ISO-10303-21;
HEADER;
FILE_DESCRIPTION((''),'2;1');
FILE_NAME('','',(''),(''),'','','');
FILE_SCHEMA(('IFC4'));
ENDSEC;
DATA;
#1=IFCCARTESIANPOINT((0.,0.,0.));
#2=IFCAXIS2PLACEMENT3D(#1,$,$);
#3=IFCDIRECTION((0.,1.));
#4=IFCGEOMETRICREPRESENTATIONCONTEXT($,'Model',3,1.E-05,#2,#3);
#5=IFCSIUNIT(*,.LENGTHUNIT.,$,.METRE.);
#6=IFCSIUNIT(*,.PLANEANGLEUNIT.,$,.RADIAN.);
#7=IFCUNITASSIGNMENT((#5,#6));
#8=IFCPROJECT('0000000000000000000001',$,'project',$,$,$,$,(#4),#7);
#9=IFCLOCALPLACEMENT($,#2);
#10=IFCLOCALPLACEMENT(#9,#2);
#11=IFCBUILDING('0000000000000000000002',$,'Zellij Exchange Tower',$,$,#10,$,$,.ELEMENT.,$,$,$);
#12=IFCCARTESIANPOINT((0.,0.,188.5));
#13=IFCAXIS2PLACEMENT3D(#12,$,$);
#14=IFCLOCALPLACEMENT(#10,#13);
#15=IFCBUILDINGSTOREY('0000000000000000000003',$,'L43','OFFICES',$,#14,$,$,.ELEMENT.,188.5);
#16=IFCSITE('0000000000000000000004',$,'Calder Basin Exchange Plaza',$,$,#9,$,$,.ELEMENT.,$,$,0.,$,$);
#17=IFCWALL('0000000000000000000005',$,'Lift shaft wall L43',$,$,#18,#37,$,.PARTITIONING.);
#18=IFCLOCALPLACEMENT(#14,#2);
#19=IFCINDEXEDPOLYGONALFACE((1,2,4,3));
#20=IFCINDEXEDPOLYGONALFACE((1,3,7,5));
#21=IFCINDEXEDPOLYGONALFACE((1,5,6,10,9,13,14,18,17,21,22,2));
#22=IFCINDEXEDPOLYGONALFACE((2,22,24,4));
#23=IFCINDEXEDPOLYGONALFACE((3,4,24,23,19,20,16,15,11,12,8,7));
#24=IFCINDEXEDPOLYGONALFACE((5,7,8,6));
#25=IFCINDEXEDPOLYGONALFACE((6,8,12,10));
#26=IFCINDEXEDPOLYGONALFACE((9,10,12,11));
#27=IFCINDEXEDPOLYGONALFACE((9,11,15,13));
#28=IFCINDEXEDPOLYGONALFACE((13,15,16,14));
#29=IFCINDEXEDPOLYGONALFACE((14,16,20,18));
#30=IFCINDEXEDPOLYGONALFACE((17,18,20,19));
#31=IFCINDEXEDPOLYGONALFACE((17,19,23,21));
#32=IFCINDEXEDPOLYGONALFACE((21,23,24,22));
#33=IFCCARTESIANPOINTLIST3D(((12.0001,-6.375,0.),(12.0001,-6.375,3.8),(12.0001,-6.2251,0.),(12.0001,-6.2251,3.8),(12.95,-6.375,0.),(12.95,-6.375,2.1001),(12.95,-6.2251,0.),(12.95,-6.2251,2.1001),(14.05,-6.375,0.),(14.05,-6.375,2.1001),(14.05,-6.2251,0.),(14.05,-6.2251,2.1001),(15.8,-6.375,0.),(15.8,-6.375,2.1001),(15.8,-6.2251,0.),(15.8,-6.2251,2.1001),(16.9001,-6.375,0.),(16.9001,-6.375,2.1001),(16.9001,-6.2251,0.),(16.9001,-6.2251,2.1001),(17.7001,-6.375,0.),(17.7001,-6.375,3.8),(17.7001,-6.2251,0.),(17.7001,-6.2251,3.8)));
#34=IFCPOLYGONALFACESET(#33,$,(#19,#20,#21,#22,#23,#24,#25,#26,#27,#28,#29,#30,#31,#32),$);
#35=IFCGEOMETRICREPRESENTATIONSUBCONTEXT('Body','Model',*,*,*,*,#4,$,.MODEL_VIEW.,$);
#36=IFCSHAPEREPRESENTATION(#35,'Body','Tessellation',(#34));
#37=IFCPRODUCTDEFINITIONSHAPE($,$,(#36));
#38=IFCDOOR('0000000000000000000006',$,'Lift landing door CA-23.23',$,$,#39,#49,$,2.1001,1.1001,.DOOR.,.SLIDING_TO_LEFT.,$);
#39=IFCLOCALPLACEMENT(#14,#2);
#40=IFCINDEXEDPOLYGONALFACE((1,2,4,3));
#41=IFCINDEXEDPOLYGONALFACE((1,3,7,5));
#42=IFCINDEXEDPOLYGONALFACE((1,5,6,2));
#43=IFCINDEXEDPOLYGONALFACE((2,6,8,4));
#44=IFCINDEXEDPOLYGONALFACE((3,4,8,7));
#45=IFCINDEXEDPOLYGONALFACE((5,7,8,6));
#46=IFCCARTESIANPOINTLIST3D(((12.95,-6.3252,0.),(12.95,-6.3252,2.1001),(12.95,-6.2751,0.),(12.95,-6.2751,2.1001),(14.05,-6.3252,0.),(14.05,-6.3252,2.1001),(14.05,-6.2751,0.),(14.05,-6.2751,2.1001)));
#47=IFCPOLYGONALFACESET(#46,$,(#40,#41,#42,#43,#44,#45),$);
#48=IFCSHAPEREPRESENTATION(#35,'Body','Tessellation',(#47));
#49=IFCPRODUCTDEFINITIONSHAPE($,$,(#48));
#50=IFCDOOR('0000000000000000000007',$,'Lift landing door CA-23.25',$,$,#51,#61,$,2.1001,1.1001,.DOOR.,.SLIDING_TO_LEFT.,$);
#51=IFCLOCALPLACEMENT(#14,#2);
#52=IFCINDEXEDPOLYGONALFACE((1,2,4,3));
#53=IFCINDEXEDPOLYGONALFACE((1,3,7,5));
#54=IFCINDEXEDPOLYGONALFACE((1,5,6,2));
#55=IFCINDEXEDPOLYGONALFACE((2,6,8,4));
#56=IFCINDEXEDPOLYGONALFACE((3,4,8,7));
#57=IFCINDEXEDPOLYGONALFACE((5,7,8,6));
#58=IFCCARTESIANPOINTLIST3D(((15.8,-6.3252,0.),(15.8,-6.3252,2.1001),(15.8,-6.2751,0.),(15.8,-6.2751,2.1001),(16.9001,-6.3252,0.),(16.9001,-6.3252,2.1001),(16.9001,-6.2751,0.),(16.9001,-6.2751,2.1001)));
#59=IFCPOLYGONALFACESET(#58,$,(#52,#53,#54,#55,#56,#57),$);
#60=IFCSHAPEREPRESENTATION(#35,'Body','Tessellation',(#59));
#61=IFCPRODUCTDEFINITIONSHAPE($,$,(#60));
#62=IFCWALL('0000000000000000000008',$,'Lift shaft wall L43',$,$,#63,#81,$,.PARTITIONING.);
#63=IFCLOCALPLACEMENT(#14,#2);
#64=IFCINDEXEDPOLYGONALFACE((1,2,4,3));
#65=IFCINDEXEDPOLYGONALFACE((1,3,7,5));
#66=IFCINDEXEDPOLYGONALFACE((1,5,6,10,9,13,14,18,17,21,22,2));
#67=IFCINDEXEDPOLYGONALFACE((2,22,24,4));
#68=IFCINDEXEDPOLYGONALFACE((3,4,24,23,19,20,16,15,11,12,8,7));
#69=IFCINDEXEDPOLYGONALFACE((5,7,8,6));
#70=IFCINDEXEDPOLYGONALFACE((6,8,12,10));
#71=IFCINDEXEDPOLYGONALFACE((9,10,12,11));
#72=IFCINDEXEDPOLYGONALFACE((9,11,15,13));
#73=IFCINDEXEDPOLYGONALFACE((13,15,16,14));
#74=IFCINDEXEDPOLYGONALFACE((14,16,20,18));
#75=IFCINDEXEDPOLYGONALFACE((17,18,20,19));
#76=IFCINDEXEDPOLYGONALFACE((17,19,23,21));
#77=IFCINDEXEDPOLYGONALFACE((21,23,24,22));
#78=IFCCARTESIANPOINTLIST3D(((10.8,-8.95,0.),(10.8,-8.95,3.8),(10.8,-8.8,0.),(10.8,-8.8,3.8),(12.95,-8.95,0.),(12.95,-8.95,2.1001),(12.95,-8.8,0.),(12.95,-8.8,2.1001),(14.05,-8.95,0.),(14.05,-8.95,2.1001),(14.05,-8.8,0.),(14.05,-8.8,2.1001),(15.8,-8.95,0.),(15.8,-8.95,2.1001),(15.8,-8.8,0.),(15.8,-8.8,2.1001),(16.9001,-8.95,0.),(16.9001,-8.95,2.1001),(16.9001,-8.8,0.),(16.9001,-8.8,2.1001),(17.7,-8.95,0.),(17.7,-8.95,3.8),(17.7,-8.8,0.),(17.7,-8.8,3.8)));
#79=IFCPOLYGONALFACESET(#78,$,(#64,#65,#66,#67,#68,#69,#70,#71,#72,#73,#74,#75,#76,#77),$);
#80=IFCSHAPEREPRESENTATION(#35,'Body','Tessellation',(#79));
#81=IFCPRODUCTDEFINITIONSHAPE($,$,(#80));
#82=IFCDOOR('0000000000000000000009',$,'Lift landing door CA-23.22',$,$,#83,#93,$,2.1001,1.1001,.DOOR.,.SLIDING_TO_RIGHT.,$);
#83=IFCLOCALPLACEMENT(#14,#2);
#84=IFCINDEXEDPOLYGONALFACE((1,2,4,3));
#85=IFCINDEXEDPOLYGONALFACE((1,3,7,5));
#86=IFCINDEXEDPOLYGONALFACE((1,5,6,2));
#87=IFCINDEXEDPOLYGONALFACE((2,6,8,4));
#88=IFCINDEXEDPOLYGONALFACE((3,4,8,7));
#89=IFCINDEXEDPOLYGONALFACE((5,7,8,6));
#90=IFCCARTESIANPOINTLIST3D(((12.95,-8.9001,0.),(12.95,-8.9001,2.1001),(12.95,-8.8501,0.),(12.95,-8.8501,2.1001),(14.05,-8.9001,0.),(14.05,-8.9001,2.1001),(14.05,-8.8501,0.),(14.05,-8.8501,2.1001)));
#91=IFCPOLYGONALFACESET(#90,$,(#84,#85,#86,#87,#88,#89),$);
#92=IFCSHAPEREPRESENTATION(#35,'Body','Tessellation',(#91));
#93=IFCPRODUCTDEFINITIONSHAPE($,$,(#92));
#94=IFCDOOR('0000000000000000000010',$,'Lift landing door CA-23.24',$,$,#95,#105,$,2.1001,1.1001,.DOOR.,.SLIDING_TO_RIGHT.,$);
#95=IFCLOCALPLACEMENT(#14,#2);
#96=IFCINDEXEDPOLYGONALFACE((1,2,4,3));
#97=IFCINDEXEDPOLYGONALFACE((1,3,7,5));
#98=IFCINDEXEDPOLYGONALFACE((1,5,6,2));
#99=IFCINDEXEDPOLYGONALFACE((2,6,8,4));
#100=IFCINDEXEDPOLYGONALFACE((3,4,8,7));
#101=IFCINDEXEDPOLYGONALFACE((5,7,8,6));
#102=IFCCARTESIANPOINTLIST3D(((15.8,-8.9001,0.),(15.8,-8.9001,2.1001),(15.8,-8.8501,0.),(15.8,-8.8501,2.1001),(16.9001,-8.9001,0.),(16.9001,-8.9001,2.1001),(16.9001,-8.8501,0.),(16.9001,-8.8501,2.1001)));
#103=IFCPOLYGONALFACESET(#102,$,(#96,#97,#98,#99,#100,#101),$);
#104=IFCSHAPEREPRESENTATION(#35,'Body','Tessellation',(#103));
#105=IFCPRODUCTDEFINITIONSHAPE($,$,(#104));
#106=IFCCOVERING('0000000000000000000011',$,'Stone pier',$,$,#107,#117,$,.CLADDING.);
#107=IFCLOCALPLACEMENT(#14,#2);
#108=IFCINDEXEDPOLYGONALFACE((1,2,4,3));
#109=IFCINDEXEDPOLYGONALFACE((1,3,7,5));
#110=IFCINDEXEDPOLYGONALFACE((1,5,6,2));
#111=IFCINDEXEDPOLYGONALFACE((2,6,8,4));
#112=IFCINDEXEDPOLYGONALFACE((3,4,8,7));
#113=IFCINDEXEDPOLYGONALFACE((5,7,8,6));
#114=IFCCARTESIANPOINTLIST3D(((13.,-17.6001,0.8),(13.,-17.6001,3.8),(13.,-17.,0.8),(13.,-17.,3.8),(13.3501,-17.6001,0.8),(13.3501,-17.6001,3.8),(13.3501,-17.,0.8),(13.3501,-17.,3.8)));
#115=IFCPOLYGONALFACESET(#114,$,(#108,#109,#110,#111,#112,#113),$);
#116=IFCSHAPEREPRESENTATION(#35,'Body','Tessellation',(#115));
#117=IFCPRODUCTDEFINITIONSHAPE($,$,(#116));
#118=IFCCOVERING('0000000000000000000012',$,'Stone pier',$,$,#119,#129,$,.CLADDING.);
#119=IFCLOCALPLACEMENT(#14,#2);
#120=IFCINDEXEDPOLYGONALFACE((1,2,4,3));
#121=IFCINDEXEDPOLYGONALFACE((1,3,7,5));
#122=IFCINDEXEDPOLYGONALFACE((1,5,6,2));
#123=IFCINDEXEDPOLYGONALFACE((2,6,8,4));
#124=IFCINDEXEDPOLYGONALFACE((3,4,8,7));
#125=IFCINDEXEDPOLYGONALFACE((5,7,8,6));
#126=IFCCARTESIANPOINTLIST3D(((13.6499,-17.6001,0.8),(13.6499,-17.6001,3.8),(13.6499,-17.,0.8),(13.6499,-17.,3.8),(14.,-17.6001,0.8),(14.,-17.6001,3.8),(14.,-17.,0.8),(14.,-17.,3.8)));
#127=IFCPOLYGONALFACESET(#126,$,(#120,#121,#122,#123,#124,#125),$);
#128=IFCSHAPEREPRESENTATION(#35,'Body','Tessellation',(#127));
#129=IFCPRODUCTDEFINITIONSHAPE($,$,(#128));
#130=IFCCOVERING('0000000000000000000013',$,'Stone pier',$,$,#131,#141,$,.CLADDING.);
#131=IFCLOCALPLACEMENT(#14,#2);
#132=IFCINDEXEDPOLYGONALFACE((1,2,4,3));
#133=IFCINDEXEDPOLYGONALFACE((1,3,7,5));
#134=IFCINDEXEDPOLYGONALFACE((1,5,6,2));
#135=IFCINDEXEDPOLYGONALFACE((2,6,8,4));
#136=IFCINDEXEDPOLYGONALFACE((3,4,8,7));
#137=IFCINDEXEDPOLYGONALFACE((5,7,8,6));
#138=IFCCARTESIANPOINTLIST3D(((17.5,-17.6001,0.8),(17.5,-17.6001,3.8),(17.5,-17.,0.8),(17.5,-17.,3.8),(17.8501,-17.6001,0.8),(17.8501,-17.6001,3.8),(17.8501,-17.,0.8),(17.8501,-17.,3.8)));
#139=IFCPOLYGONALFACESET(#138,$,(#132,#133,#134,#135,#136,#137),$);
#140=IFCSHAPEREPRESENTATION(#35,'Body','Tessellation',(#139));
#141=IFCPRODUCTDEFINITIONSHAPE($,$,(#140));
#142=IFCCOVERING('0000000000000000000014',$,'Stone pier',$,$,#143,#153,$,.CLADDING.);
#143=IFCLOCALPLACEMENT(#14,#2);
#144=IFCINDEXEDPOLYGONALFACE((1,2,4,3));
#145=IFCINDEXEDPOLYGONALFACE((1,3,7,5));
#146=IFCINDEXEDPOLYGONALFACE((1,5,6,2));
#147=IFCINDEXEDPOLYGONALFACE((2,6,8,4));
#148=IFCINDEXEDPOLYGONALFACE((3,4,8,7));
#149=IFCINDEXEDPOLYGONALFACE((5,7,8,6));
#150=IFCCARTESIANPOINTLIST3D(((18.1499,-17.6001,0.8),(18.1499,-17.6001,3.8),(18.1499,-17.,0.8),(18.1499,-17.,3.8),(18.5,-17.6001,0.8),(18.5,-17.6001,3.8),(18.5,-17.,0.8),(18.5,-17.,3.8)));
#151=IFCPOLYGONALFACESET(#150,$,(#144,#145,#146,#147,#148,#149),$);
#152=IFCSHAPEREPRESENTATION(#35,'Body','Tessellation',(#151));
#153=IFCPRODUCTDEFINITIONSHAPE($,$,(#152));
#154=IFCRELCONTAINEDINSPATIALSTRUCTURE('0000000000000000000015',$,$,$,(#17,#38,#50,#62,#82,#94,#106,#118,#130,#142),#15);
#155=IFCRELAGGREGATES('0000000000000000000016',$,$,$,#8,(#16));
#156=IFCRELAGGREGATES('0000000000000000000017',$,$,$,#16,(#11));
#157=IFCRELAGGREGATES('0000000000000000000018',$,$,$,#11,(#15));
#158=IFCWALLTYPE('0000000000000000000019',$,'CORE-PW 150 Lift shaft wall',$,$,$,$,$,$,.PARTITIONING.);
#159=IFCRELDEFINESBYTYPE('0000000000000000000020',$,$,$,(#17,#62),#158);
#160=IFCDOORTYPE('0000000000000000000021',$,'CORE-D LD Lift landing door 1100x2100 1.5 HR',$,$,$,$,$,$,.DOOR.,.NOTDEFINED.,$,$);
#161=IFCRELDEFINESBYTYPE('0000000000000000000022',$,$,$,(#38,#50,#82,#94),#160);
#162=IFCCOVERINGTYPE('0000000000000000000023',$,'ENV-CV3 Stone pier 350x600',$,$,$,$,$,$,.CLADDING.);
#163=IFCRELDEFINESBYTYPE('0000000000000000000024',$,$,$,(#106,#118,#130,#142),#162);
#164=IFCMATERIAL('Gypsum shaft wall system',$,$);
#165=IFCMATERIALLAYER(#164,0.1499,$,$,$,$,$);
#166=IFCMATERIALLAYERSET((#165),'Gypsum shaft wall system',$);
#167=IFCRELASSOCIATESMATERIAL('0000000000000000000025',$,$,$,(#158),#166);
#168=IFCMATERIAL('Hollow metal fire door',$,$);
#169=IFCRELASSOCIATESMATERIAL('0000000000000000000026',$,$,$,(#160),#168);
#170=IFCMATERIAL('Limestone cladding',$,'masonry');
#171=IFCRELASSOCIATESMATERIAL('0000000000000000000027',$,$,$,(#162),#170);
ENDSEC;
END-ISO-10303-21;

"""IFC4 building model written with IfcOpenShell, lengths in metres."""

from ifc_helpers import new_model, si_unit, direction, frame, frame_2d, origin, place, context, subcontext, project, spatial, polyline, rectangle, outline, extrude, material, layer, layer_set, type_object, element, fill, save


model = new_model("IFC4")

# Units and contexts
model_context = context("Model", 3, precision=1e-05, world=origin(), true_north=direction((0.0, 1.0)))
body_context = subcontext(model_context, "Body", "Model", "MODEL_VIEW")
ifc_project = project(units=[si_unit("LENGTHUNIT", "METRE"), si_unit("PLANEANGLEUNIT", "RADIAN")], contexts=[model_context])

# Site, building, storey
site_placement = place(None, origin())
site = spatial("IfcSite", under=ifc_project, at=site_placement, Name="Calder Basin Exchange Plaza", CompositionType="ELEMENT", RefElevation=0.0)
building_placement = place(site_placement, origin())
building = spatial("IfcBuilding", under=site, at=building_placement, Name="Zellij Exchange Tower", CompositionType="ELEMENT")
storey_placement = place(building_placement, frame((0.0, 0.0, 188.5)))
storey = spatial("IfcBuildingStorey", under=building, at=storey_placement, Name="L43", Description="OFFICES", CompositionType="ELEMENT", Elevation=188.5)

# Shared definitions
ifc_material_1 = material(Name="Gypsum shaft wall system")
ifc_material_2 = material(Name="Hollow metal fire door")

# Shared definitions
ifc_layer_1 = layer(ifc_material_1, 0.1499)
ifc_layer_set_1 = layer_set([ifc_layer_1], Name="Gypsum shaft wall system")
wall_type_1 = type_object("IfcWallType", Name="CORE-PW 150 Lift shaft wall", PredefinedType="PARTITIONING", material=ifc_layer_set_1)

# Shared definitions
door_type_1 = type_object("IfcDoorType", Name="CORE-D LD Lift landing door 1100x2100 1.5 HR", OperationType="NOTDEFINED", PredefinedType="DOOR", material=ifc_material_2)

# Walls, openings, doors
wall_1_placement = place(storey_placement, frame((12.0, -6.3, 0.0), z_axis=(0.0, 0.0, 1.0), x_axis=(1.0, 0.0, 0.0)))
wall_1 = element("IfcWall", 1, at=wall_1_placement, inside=storey, type_object=wall_type_1, Name="Lift shaft wall L43", PredefinedType="PARTITIONING", context=body_context, shape_type="SweptSolid", body=[
    extrude(rectangle(XDim=5.7, YDim=0.1499, at=frame_2d((2.8501, 0.0))), origin(), (0.0, 0.0, 1.0), 3.8),
])
opening_1_placement = place(wall_1_placement, frame((0.95, 0.0, 0.0)))
opening_1 = element("IfcOpeningElement", 2, at=opening_1_placement, cuts=wall_1, PredefinedType="OPENING", context=body_context, shape_type="SweptSolid", body=[
    extrude(rectangle(XDim=1.1001, YDim=2.1001, at=frame_2d((0.55, 1.05))), frame((0.0, 0.0869, 0.0), z_axis=(0.0, -1.0, 0.0), x_axis=(1.0, 0.0, 0.0)), (0.0, 0.0, 1.0), 0.1738),
])
opening_2_placement = place(wall_1_placement, frame((3.8, 0.0, 0.0)))
opening_2 = element("IfcOpeningElement", 3, at=opening_2_placement, cuts=wall_1, PredefinedType="OPENING", context=body_context, shape_type="SweptSolid", body=[
    extrude(rectangle(XDim=1.1001, YDim=2.1001, at=frame_2d((0.55, 1.05))), frame((0.0, 0.0869, 0.0), z_axis=(0.0, -1.0, 0.0), x_axis=(1.0, 0.0, 0.0)), (0.0, 0.0, 1.0), 0.1738),
])
door_1_placement = place(opening_1_placement, origin())
door_1 = element("IfcDoor", 4, at=door_1_placement, inside=storey, type_object=door_type_1, Name="Lift landing door CA-23.23", OperationType="SLIDING_TO_LEFT", OverallHeight=2.1001, OverallWidth=1.1001, PredefinedType="DOOR", context=body_context, shape_type="SweptSolid", body=[
    extrude(rectangle(XDim=1.1001, YDim=2.1001, at=frame_2d((0.55, 1.05))), frame((0.0, 0.0249, 0.0), z_axis=(0.0, -1.0, 0.0), x_axis=(1.0, 0.0, 0.0)), (0.0, 0.0, 1.0), 0.05),
])
fill(opening_1, door_1)
door_2_placement = place(opening_2_placement, origin())
door_2 = element("IfcDoor", 5, at=door_2_placement, inside=storey, type_object=door_type_1, Name="Lift landing door CA-23.25", OperationType="SLIDING_TO_LEFT", OverallHeight=2.1001, OverallWidth=1.1001, PredefinedType="DOOR", context=body_context, shape_type="SweptSolid", body=[
    extrude(rectangle(XDim=1.1001, YDim=2.1001, at=frame_2d((0.55, 1.05))), frame((0.0, 0.0249, 0.0), z_axis=(0.0, -1.0, 0.0), x_axis=(1.0, 0.0, 0.0)), (0.0, 0.0, 1.0), 0.05),
])
fill(opening_2, door_2)
wall_2_placement = place(storey_placement, frame((10.8, -8.875, 0.0), z_axis=(0.0, 0.0, 1.0), x_axis=(1.0, 0.0, 0.0)))
wall_2 = element("IfcWall", 6, at=wall_2_placement, inside=storey, type_object=wall_type_1, Name="Lift shaft wall L43", PredefinedType="PARTITIONING", context=body_context, shape_type="SweptSolid", body=[
    extrude(rectangle(XDim=6.8999, YDim=0.1499, at=frame_2d((3.45, 0.0))), origin(), (0.0, 0.0, 1.0), 3.8),
])
opening_3_placement = place(wall_2_placement, frame((2.1499, 0.0, 0.0)))
opening_3 = element("IfcOpeningElement", 7, at=opening_3_placement, cuts=wall_2, PredefinedType="OPENING", context=body_context, shape_type="SweptSolid", body=[
    extrude(rectangle(XDim=1.1001, YDim=2.1001, at=frame_2d((0.55, 1.05))), frame((0.0, 0.0869, 0.0), z_axis=(0.0, -1.0, 0.0), x_axis=(1.0, 0.0, 0.0)), (0.0, 0.0, 1.0), 0.1738),
])
opening_4_placement = place(wall_2_placement, frame((5.0, 0.0, 0.0)))
opening_4 = element("IfcOpeningElement", 8, at=opening_4_placement, cuts=wall_2, PredefinedType="OPENING", context=body_context, shape_type="SweptSolid", body=[
    extrude(rectangle(XDim=1.1001, YDim=2.1001, at=frame_2d((0.55, 1.05))), frame((0.0, 0.0869, 0.0), z_axis=(0.0, -1.0, 0.0), x_axis=(1.0, 0.0, 0.0)), (0.0, 0.0, 1.0), 0.1738),
])
door_3_placement = place(opening_3_placement, origin())
door_3 = element("IfcDoor", 9, at=door_3_placement, inside=storey, type_object=door_type_1, Name="Lift landing door CA-23.22", OperationType="SLIDING_TO_RIGHT", OverallHeight=2.1001, OverallWidth=1.1001, PredefinedType="DOOR", context=body_context, shape_type="SweptSolid", body=[
    extrude(rectangle(XDim=1.1001, YDim=2.1001, at=frame_2d((0.55, 1.05))), frame((0.0, 0.0249, 0.0), z_axis=(0.0, -1.0, 0.0), x_axis=(1.0, 0.0, 0.0)), (0.0, 0.0, 1.0), 0.05),
])
fill(opening_3, door_3)
door_4_placement = place(opening_4_placement, origin())
door_4 = element("IfcDoor", 10, at=door_4_placement, inside=storey, type_object=door_type_1, Name="Lift landing door CA-23.24", OperationType="SLIDING_TO_RIGHT", OverallHeight=2.1001, OverallWidth=1.1001, PredefinedType="DOOR", context=body_context, shape_type="SweptSolid", body=[
    extrude(rectangle(XDim=1.1001, YDim=2.1001, at=frame_2d((0.55, 1.05))), frame((0.0, 0.0249, 0.0), z_axis=(0.0, -1.0, 0.0), x_axis=(1.0, 0.0, 0.0)), (0.0, 0.0, 1.0), 0.05),
])
fill(opening_4, door_4)

# Coverings
ifc_material_3 = material(Name="Limestone cladding", Category="masonry")
covering_type = type_object("IfcCoveringType", Name="ENV-CV3 Stone pier 350x600", PredefinedType="CLADDING", material=ifc_material_3)
covering_1_placement = place(storey_placement, frame((0.0, 0.0, 0.8)))
element("IfcCovering", 11, at=covering_1_placement, inside=storey, type_object=covering_type, Name="Stone pier", PredefinedType="CLADDING", context=body_context, shape_type="SweptSolid", body=[
    extrude(outline(polyline([(13.0, -17.0), (13.3501, -17.0), (13.3501, -17.6001), (13.0, -17.6001), (13.0, -17.0)])), origin(), (0.0, 0.0, 1.0), 3.0),
])
covering_2_placement = place(storey_placement, frame((0.0, 0.0, 0.8)))
element("IfcCovering", 12, at=covering_2_placement, inside=storey, type_object=covering_type, Name="Stone pier", PredefinedType="CLADDING", context=body_context, shape_type="SweptSolid", body=[
    extrude(outline(polyline([(13.6499, -17.0), (14.0, -17.0), (14.0, -17.6001), (13.6499, -17.6001), (13.6499, -17.0)])), origin(), (0.0, 0.0, 1.0), 3.0),
])
covering_3_placement = place(storey_placement, frame((0.0, 0.0, 0.8)))
element("IfcCovering", 13, at=covering_3_placement, inside=storey, type_object=covering_type, Name="Stone pier", PredefinedType="CLADDING", context=body_context, shape_type="SweptSolid", body=[
    extrude(outline(polyline([(17.5, -17.0), (17.8501, -17.0), (17.8501, -17.6001), (17.5, -17.6001), (17.5, -17.0)])), origin(), (0.0, 0.0, 1.0), 3.0),
])
covering_4_placement = place(storey_placement, frame((0.0, 0.0, 0.8)))
element("IfcCovering", 14, at=covering_4_placement, inside=storey, type_object=covering_type, Name="Stone pier", PredefinedType="CLADDING", context=body_context, shape_type="SweptSolid", body=[
    extrude(outline(polyline([(18.1499, -17.0), (18.5, -17.0), (18.5, -17.6001), (18.1499, -17.6001), (18.1499, -17.0)])), origin(), (0.0, 0.0, 1.0), 3.0),
])

save(model, "model.ifc")
